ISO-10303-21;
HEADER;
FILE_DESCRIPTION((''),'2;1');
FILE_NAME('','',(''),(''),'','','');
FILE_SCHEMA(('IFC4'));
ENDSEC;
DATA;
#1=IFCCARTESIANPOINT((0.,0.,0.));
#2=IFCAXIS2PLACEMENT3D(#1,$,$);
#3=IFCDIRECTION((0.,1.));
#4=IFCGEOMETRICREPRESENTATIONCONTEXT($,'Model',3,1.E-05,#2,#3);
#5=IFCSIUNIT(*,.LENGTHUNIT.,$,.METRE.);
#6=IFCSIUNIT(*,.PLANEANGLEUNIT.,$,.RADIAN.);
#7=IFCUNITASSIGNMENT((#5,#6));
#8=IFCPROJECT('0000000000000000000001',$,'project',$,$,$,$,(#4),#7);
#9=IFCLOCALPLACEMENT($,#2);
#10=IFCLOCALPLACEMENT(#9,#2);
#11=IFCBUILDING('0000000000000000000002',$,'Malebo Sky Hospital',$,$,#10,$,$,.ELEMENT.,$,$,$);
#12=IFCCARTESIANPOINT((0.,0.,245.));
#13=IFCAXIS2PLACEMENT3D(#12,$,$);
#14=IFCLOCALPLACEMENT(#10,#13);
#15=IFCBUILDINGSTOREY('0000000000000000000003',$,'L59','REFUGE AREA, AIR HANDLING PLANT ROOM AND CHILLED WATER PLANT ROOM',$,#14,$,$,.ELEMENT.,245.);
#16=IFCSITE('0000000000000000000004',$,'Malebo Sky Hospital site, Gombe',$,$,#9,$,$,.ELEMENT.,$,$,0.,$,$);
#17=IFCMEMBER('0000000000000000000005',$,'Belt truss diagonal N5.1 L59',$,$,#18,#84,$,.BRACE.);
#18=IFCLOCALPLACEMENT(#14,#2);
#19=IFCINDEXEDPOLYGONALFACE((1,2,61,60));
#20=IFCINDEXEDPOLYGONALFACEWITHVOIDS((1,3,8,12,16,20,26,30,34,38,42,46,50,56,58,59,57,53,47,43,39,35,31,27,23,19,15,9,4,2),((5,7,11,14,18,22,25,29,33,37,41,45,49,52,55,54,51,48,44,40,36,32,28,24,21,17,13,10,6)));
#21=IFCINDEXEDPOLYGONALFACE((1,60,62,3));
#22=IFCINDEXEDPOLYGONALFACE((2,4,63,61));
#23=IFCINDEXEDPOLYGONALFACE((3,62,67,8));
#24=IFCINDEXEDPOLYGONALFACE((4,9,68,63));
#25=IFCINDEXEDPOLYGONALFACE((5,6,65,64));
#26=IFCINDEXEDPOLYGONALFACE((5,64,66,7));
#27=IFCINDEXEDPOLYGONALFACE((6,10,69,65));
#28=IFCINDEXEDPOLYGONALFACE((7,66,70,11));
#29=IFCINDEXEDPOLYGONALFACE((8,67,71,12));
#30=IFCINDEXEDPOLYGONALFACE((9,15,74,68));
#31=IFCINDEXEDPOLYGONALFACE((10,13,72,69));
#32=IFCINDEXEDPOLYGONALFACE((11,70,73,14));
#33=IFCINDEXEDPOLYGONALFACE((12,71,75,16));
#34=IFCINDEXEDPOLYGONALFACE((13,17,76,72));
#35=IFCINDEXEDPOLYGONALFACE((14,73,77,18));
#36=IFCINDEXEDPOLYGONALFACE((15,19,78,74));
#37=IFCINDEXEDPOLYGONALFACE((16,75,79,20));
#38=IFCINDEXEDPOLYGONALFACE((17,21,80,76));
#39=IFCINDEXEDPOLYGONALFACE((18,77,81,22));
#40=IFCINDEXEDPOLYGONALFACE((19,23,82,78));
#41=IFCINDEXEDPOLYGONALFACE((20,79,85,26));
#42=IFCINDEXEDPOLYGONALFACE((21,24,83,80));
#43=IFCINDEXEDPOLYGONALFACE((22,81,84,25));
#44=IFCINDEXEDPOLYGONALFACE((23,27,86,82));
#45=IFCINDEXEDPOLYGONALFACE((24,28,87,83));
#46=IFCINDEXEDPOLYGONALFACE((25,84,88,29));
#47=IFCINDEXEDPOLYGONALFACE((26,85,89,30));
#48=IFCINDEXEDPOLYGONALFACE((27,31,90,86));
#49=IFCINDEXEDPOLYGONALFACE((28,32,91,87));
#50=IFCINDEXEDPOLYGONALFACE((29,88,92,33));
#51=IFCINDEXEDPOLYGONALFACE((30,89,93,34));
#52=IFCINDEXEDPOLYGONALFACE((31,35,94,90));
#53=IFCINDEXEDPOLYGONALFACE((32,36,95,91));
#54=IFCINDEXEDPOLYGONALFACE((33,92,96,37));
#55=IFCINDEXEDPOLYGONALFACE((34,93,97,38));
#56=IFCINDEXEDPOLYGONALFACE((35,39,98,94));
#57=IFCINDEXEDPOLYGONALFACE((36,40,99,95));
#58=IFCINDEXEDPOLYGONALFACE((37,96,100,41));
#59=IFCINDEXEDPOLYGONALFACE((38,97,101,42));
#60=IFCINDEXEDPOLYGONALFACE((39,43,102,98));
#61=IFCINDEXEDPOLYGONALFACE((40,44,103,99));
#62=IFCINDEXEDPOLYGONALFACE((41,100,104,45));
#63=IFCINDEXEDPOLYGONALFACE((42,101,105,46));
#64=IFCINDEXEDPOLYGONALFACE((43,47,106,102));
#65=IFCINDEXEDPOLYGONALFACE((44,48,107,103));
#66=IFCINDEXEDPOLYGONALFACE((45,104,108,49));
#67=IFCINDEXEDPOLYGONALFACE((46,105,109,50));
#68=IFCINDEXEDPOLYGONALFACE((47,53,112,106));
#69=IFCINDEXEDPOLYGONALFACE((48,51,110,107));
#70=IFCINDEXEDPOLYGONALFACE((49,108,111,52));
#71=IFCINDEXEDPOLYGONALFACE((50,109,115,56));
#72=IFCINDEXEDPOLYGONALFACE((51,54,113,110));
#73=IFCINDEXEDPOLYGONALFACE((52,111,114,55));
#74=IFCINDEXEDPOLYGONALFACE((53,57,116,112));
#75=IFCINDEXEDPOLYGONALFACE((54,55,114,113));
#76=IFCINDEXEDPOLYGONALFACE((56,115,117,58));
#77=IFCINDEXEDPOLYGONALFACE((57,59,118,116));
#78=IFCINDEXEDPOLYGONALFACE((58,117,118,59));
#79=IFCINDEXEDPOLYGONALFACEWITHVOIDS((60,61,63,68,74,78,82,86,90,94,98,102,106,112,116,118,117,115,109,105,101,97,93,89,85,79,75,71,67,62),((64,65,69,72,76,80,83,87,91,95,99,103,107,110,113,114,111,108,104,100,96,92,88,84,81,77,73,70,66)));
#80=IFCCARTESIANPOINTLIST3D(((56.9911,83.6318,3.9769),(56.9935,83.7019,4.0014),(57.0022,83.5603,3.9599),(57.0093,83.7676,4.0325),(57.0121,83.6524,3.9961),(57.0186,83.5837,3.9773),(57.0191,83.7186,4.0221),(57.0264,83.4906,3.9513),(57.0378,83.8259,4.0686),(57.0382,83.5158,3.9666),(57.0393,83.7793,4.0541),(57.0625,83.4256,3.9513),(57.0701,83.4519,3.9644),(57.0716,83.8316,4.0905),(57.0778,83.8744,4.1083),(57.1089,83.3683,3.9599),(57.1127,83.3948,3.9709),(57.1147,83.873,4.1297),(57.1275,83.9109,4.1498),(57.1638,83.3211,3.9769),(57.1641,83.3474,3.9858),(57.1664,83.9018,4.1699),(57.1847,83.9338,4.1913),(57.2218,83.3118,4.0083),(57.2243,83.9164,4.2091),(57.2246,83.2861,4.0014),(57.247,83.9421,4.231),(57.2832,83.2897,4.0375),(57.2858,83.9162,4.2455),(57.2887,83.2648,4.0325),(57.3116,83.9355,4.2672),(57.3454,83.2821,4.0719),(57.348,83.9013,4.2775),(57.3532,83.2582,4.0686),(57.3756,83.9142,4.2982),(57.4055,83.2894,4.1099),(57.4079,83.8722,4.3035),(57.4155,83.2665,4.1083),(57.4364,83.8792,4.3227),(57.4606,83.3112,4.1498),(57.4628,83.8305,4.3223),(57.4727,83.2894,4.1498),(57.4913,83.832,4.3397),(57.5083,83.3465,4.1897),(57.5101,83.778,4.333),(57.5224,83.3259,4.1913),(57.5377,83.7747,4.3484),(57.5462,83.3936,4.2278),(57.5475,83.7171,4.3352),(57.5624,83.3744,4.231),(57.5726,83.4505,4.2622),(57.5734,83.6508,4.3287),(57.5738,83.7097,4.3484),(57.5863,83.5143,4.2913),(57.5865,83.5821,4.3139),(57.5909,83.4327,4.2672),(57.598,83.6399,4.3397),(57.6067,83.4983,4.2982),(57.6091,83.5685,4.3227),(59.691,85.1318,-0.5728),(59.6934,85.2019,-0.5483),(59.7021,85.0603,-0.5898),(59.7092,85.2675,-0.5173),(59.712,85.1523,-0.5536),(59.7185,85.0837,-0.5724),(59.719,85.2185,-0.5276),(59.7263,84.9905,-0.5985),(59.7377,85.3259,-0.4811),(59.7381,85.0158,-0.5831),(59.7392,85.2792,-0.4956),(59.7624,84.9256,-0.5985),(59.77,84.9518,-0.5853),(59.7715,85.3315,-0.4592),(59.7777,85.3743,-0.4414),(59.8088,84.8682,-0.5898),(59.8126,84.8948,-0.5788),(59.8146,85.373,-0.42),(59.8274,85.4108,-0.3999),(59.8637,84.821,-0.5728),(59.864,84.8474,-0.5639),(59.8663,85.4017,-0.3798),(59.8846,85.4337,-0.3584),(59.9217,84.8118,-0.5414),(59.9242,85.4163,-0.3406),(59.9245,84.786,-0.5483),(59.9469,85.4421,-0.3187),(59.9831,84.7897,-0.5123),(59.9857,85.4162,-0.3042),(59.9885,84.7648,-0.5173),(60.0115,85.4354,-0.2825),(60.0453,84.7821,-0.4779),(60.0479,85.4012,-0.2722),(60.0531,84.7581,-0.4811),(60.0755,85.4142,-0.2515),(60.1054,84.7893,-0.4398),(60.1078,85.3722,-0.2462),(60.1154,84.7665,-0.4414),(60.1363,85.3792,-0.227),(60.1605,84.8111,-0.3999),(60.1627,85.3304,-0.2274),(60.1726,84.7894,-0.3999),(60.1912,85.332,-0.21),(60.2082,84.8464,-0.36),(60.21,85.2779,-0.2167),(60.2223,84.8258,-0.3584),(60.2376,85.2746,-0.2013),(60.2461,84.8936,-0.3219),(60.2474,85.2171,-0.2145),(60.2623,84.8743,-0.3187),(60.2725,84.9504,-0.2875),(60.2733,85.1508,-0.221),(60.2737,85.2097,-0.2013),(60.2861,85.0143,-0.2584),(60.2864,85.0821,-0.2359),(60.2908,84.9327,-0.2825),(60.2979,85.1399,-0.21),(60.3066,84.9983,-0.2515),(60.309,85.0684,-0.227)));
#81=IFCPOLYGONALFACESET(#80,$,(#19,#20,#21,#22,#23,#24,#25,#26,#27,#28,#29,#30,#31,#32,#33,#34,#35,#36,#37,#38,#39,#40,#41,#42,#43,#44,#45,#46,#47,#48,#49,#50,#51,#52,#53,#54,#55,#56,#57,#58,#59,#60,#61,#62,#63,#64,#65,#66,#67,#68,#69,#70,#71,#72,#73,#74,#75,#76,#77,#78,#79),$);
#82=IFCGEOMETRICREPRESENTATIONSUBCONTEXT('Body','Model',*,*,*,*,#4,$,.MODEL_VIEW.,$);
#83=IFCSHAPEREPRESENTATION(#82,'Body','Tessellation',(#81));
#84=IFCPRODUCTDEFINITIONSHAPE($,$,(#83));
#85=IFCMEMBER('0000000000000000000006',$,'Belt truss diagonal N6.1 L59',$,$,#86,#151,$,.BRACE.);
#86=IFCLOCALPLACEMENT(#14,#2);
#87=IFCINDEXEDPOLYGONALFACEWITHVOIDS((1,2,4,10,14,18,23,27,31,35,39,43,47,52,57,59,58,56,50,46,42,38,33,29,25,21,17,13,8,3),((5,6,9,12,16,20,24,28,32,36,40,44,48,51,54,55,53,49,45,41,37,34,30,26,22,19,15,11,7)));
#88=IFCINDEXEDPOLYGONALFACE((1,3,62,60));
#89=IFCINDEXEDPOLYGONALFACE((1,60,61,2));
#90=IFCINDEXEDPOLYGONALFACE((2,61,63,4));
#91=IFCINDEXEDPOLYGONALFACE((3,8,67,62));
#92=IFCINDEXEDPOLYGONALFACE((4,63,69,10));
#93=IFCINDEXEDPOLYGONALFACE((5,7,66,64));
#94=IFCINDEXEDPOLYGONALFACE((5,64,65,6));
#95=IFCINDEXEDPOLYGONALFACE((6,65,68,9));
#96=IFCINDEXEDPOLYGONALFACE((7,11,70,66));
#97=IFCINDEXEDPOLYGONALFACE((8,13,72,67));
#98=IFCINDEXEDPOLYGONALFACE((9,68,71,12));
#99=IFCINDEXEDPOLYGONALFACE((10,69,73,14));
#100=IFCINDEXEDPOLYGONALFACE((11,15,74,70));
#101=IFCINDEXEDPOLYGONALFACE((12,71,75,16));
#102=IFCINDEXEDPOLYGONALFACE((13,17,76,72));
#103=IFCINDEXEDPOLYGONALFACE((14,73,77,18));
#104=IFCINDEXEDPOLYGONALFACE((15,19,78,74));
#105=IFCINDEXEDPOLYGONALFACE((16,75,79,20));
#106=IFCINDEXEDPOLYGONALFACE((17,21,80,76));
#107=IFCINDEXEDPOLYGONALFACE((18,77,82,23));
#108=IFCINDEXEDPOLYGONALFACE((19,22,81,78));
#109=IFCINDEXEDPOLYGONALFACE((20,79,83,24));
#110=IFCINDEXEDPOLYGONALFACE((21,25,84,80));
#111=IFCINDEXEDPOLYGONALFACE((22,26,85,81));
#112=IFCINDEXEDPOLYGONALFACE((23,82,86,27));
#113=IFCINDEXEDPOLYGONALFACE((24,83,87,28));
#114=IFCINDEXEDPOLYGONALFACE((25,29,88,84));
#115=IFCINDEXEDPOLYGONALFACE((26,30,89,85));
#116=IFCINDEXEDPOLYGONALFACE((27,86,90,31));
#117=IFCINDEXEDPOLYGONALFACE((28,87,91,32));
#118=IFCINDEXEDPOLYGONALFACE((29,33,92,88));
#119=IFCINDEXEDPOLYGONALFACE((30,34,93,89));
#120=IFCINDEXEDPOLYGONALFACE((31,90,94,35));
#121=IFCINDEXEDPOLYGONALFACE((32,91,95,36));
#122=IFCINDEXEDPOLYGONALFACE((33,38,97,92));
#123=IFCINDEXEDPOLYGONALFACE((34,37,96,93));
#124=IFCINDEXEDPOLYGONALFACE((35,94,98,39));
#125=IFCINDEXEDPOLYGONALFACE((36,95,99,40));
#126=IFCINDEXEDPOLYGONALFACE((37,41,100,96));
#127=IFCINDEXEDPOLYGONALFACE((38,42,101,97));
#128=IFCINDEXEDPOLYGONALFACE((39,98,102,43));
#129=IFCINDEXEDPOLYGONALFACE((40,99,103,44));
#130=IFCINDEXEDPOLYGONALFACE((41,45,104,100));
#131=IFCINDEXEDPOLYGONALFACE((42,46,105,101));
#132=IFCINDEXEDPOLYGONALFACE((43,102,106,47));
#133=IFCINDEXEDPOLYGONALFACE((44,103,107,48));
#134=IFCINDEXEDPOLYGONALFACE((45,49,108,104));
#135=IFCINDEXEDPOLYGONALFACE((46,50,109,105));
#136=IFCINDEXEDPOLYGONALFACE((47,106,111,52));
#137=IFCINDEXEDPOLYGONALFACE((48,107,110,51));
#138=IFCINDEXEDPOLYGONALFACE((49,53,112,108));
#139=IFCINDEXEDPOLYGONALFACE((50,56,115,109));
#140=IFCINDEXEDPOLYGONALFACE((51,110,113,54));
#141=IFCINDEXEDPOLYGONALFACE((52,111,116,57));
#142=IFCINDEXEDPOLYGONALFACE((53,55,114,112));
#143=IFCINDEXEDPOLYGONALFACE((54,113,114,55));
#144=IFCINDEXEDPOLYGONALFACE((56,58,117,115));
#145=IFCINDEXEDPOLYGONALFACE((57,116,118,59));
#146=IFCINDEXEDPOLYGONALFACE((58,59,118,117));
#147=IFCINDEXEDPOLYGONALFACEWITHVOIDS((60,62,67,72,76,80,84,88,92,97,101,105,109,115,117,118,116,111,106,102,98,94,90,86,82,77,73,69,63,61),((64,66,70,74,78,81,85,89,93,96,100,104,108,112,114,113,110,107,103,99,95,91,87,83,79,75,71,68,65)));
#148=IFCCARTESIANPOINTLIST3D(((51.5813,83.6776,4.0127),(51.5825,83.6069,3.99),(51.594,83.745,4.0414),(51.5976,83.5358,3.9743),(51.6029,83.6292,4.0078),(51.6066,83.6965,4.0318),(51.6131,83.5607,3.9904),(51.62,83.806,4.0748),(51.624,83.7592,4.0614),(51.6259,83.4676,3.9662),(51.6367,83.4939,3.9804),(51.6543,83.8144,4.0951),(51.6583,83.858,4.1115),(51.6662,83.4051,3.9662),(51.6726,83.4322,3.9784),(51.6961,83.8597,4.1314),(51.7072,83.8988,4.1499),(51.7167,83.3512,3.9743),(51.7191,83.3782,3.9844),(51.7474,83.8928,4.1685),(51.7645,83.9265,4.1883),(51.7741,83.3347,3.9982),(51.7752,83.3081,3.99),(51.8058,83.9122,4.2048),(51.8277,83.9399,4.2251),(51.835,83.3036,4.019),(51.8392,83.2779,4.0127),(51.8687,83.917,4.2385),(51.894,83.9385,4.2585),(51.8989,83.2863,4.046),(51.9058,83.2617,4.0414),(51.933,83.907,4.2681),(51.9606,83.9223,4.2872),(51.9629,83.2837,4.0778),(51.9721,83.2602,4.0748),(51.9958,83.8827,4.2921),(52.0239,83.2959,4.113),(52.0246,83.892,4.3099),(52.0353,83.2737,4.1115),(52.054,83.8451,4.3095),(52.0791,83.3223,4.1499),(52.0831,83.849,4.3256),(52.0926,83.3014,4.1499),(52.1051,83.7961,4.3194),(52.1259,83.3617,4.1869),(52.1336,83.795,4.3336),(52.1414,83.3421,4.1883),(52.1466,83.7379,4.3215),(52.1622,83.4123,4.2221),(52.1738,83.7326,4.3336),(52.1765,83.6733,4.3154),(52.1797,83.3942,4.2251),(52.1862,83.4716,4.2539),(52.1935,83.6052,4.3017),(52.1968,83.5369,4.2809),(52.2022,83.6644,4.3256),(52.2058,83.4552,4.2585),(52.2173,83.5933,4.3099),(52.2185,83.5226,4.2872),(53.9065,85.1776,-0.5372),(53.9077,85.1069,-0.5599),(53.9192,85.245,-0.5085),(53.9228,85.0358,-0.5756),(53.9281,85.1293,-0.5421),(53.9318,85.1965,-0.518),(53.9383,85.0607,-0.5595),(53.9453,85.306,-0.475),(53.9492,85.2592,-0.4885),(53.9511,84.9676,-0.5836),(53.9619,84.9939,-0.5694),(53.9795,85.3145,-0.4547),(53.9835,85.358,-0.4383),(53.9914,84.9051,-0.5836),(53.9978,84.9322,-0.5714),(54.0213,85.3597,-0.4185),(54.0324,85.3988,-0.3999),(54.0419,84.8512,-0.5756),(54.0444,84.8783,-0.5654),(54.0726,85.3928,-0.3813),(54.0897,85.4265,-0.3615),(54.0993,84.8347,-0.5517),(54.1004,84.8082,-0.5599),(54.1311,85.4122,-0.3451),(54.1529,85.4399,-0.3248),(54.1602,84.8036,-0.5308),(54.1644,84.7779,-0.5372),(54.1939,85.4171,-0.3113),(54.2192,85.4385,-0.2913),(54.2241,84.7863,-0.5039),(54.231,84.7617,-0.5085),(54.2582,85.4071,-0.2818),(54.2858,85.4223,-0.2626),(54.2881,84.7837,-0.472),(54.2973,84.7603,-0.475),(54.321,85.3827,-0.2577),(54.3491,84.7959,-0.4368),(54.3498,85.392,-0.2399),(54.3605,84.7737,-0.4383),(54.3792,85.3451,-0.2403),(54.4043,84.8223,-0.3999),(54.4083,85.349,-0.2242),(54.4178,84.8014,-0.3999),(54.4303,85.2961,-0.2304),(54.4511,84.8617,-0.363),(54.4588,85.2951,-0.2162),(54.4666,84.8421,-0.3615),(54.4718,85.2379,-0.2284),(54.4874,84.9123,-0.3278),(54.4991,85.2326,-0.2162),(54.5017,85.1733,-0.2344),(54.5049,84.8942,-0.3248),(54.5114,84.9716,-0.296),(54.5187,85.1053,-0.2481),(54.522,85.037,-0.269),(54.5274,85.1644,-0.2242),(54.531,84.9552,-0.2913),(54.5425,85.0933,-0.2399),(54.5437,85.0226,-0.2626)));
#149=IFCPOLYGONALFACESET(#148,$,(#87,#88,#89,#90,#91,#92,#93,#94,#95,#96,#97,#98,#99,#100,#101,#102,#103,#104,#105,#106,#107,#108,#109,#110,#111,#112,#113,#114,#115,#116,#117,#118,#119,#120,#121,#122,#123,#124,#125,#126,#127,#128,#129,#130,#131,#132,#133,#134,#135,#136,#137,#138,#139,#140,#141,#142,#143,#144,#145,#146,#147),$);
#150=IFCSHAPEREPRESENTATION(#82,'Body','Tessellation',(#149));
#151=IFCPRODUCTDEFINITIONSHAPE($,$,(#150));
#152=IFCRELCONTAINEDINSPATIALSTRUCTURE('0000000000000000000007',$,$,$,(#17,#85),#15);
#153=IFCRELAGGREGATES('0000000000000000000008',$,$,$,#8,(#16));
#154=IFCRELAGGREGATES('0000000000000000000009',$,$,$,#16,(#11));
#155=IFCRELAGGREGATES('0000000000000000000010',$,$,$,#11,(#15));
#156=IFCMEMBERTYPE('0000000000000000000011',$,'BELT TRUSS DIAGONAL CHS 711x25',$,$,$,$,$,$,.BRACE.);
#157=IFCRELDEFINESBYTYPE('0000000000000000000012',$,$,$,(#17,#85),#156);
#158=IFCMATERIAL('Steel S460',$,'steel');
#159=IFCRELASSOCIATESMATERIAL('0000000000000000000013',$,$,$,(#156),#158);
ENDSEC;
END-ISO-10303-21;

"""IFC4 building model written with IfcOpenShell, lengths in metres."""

from ifc_helpers import new_model, si_unit, direction, frame, origin, origin_2d, place, context, subcontext, project, spatial, hollow_circle, extrude, material, material_profile, profile_set, type_object, element, save


model = new_model("IFC4")

# Units and contexts
model_context = context("Model", 3, precision=1e-05, world=origin(), true_north=direction((0.0, 1.0)))
body_context = subcontext(model_context, "Body", "Model", "MODEL_VIEW")
ifc_project = project(units=[si_unit("LENGTHUNIT", "METRE"), si_unit("PLANEANGLEUNIT", "RADIAN")], contexts=[model_context])

# Site, building, storey
site_placement = place(None, origin())
site = spatial("IfcSite", under=ifc_project, at=site_placement, Name="Malebo Sky Hospital site, Gombe", CompositionType="ELEMENT", RefElevation=0.0)
building_placement = place(site_placement, origin())
building = spatial("IfcBuilding", under=site, at=building_placement, Name="Malebo Sky Hospital", CompositionType="ELEMENT")
storey_placement = place(building_placement, frame((0.0, 0.0, 245.0)))
storey = spatial("IfcBuildingStorey", under=building, at=storey_placement, Name="L59", Description="REFUGE AREA, AIR HANDLING PLANT ROOM AND CHILLED WATER PLANT ROOM", CompositionType="ELEMENT", Elevation=245.0)

# Members
ifc_material_1 = material(Name="Steel S460", Category="steel")
ifc_material_profile_1 = material_profile(ifc_material_1, hollow_circle(Radius=0.3555, WallThickness=0.0249, at=origin_2d()), Name="CHS 711x25")
ifc_profile_set_1 = profile_set([ifc_material_profile_1], Name="Steel S460")
member_type_1 = type_object("IfcMemberType", Name="BELT TRUSS DIAGONAL CHS 711x25", PredefinedType="BRACE", material=ifc_profile_set_1)
member_1_placement = place(storey_placement, frame((60.0, 85.1001, -0.3999), z_axis=(-0.490978, -0.27277, 0.827368), x_axis=(0.48565, -0.874154, 0.0)))
element("IfcMember", 1, at=member_1_placement, inside=storey, type_object=member_type_1, Name="Belt truss diagonal N5.1 L59", PredefinedType="BRACE", context=body_context, shape_type="SweptSolid", body=[
    extrude(hollow_circle(Radius=0.3555, WallThickness=0.0249, at=origin_2d()), origin(), (0.0, 0.0, 1.0), 5.499),
])
member_2_placement = place(storey_placement, frame((54.2251, 85.1001, -0.3999), z_axis=(-0.436644, -0.281682, 0.854399), x_axis=(0.542095, -0.840317, 0.0)))
element("IfcMember", 2, at=member_2_placement, inside=storey, type_object=member_type_1, Name="Belt truss diagonal N6.1 L59", PredefinedType="BRACE", context=body_context, shape_type="SweptSolid", body=[
    extrude(hollow_circle(Radius=0.3555, WallThickness=0.0249, at=origin_2d()), origin(), (0.0, 0.0, 1.0), 5.3252),
])

save(model, "model.ifc")
